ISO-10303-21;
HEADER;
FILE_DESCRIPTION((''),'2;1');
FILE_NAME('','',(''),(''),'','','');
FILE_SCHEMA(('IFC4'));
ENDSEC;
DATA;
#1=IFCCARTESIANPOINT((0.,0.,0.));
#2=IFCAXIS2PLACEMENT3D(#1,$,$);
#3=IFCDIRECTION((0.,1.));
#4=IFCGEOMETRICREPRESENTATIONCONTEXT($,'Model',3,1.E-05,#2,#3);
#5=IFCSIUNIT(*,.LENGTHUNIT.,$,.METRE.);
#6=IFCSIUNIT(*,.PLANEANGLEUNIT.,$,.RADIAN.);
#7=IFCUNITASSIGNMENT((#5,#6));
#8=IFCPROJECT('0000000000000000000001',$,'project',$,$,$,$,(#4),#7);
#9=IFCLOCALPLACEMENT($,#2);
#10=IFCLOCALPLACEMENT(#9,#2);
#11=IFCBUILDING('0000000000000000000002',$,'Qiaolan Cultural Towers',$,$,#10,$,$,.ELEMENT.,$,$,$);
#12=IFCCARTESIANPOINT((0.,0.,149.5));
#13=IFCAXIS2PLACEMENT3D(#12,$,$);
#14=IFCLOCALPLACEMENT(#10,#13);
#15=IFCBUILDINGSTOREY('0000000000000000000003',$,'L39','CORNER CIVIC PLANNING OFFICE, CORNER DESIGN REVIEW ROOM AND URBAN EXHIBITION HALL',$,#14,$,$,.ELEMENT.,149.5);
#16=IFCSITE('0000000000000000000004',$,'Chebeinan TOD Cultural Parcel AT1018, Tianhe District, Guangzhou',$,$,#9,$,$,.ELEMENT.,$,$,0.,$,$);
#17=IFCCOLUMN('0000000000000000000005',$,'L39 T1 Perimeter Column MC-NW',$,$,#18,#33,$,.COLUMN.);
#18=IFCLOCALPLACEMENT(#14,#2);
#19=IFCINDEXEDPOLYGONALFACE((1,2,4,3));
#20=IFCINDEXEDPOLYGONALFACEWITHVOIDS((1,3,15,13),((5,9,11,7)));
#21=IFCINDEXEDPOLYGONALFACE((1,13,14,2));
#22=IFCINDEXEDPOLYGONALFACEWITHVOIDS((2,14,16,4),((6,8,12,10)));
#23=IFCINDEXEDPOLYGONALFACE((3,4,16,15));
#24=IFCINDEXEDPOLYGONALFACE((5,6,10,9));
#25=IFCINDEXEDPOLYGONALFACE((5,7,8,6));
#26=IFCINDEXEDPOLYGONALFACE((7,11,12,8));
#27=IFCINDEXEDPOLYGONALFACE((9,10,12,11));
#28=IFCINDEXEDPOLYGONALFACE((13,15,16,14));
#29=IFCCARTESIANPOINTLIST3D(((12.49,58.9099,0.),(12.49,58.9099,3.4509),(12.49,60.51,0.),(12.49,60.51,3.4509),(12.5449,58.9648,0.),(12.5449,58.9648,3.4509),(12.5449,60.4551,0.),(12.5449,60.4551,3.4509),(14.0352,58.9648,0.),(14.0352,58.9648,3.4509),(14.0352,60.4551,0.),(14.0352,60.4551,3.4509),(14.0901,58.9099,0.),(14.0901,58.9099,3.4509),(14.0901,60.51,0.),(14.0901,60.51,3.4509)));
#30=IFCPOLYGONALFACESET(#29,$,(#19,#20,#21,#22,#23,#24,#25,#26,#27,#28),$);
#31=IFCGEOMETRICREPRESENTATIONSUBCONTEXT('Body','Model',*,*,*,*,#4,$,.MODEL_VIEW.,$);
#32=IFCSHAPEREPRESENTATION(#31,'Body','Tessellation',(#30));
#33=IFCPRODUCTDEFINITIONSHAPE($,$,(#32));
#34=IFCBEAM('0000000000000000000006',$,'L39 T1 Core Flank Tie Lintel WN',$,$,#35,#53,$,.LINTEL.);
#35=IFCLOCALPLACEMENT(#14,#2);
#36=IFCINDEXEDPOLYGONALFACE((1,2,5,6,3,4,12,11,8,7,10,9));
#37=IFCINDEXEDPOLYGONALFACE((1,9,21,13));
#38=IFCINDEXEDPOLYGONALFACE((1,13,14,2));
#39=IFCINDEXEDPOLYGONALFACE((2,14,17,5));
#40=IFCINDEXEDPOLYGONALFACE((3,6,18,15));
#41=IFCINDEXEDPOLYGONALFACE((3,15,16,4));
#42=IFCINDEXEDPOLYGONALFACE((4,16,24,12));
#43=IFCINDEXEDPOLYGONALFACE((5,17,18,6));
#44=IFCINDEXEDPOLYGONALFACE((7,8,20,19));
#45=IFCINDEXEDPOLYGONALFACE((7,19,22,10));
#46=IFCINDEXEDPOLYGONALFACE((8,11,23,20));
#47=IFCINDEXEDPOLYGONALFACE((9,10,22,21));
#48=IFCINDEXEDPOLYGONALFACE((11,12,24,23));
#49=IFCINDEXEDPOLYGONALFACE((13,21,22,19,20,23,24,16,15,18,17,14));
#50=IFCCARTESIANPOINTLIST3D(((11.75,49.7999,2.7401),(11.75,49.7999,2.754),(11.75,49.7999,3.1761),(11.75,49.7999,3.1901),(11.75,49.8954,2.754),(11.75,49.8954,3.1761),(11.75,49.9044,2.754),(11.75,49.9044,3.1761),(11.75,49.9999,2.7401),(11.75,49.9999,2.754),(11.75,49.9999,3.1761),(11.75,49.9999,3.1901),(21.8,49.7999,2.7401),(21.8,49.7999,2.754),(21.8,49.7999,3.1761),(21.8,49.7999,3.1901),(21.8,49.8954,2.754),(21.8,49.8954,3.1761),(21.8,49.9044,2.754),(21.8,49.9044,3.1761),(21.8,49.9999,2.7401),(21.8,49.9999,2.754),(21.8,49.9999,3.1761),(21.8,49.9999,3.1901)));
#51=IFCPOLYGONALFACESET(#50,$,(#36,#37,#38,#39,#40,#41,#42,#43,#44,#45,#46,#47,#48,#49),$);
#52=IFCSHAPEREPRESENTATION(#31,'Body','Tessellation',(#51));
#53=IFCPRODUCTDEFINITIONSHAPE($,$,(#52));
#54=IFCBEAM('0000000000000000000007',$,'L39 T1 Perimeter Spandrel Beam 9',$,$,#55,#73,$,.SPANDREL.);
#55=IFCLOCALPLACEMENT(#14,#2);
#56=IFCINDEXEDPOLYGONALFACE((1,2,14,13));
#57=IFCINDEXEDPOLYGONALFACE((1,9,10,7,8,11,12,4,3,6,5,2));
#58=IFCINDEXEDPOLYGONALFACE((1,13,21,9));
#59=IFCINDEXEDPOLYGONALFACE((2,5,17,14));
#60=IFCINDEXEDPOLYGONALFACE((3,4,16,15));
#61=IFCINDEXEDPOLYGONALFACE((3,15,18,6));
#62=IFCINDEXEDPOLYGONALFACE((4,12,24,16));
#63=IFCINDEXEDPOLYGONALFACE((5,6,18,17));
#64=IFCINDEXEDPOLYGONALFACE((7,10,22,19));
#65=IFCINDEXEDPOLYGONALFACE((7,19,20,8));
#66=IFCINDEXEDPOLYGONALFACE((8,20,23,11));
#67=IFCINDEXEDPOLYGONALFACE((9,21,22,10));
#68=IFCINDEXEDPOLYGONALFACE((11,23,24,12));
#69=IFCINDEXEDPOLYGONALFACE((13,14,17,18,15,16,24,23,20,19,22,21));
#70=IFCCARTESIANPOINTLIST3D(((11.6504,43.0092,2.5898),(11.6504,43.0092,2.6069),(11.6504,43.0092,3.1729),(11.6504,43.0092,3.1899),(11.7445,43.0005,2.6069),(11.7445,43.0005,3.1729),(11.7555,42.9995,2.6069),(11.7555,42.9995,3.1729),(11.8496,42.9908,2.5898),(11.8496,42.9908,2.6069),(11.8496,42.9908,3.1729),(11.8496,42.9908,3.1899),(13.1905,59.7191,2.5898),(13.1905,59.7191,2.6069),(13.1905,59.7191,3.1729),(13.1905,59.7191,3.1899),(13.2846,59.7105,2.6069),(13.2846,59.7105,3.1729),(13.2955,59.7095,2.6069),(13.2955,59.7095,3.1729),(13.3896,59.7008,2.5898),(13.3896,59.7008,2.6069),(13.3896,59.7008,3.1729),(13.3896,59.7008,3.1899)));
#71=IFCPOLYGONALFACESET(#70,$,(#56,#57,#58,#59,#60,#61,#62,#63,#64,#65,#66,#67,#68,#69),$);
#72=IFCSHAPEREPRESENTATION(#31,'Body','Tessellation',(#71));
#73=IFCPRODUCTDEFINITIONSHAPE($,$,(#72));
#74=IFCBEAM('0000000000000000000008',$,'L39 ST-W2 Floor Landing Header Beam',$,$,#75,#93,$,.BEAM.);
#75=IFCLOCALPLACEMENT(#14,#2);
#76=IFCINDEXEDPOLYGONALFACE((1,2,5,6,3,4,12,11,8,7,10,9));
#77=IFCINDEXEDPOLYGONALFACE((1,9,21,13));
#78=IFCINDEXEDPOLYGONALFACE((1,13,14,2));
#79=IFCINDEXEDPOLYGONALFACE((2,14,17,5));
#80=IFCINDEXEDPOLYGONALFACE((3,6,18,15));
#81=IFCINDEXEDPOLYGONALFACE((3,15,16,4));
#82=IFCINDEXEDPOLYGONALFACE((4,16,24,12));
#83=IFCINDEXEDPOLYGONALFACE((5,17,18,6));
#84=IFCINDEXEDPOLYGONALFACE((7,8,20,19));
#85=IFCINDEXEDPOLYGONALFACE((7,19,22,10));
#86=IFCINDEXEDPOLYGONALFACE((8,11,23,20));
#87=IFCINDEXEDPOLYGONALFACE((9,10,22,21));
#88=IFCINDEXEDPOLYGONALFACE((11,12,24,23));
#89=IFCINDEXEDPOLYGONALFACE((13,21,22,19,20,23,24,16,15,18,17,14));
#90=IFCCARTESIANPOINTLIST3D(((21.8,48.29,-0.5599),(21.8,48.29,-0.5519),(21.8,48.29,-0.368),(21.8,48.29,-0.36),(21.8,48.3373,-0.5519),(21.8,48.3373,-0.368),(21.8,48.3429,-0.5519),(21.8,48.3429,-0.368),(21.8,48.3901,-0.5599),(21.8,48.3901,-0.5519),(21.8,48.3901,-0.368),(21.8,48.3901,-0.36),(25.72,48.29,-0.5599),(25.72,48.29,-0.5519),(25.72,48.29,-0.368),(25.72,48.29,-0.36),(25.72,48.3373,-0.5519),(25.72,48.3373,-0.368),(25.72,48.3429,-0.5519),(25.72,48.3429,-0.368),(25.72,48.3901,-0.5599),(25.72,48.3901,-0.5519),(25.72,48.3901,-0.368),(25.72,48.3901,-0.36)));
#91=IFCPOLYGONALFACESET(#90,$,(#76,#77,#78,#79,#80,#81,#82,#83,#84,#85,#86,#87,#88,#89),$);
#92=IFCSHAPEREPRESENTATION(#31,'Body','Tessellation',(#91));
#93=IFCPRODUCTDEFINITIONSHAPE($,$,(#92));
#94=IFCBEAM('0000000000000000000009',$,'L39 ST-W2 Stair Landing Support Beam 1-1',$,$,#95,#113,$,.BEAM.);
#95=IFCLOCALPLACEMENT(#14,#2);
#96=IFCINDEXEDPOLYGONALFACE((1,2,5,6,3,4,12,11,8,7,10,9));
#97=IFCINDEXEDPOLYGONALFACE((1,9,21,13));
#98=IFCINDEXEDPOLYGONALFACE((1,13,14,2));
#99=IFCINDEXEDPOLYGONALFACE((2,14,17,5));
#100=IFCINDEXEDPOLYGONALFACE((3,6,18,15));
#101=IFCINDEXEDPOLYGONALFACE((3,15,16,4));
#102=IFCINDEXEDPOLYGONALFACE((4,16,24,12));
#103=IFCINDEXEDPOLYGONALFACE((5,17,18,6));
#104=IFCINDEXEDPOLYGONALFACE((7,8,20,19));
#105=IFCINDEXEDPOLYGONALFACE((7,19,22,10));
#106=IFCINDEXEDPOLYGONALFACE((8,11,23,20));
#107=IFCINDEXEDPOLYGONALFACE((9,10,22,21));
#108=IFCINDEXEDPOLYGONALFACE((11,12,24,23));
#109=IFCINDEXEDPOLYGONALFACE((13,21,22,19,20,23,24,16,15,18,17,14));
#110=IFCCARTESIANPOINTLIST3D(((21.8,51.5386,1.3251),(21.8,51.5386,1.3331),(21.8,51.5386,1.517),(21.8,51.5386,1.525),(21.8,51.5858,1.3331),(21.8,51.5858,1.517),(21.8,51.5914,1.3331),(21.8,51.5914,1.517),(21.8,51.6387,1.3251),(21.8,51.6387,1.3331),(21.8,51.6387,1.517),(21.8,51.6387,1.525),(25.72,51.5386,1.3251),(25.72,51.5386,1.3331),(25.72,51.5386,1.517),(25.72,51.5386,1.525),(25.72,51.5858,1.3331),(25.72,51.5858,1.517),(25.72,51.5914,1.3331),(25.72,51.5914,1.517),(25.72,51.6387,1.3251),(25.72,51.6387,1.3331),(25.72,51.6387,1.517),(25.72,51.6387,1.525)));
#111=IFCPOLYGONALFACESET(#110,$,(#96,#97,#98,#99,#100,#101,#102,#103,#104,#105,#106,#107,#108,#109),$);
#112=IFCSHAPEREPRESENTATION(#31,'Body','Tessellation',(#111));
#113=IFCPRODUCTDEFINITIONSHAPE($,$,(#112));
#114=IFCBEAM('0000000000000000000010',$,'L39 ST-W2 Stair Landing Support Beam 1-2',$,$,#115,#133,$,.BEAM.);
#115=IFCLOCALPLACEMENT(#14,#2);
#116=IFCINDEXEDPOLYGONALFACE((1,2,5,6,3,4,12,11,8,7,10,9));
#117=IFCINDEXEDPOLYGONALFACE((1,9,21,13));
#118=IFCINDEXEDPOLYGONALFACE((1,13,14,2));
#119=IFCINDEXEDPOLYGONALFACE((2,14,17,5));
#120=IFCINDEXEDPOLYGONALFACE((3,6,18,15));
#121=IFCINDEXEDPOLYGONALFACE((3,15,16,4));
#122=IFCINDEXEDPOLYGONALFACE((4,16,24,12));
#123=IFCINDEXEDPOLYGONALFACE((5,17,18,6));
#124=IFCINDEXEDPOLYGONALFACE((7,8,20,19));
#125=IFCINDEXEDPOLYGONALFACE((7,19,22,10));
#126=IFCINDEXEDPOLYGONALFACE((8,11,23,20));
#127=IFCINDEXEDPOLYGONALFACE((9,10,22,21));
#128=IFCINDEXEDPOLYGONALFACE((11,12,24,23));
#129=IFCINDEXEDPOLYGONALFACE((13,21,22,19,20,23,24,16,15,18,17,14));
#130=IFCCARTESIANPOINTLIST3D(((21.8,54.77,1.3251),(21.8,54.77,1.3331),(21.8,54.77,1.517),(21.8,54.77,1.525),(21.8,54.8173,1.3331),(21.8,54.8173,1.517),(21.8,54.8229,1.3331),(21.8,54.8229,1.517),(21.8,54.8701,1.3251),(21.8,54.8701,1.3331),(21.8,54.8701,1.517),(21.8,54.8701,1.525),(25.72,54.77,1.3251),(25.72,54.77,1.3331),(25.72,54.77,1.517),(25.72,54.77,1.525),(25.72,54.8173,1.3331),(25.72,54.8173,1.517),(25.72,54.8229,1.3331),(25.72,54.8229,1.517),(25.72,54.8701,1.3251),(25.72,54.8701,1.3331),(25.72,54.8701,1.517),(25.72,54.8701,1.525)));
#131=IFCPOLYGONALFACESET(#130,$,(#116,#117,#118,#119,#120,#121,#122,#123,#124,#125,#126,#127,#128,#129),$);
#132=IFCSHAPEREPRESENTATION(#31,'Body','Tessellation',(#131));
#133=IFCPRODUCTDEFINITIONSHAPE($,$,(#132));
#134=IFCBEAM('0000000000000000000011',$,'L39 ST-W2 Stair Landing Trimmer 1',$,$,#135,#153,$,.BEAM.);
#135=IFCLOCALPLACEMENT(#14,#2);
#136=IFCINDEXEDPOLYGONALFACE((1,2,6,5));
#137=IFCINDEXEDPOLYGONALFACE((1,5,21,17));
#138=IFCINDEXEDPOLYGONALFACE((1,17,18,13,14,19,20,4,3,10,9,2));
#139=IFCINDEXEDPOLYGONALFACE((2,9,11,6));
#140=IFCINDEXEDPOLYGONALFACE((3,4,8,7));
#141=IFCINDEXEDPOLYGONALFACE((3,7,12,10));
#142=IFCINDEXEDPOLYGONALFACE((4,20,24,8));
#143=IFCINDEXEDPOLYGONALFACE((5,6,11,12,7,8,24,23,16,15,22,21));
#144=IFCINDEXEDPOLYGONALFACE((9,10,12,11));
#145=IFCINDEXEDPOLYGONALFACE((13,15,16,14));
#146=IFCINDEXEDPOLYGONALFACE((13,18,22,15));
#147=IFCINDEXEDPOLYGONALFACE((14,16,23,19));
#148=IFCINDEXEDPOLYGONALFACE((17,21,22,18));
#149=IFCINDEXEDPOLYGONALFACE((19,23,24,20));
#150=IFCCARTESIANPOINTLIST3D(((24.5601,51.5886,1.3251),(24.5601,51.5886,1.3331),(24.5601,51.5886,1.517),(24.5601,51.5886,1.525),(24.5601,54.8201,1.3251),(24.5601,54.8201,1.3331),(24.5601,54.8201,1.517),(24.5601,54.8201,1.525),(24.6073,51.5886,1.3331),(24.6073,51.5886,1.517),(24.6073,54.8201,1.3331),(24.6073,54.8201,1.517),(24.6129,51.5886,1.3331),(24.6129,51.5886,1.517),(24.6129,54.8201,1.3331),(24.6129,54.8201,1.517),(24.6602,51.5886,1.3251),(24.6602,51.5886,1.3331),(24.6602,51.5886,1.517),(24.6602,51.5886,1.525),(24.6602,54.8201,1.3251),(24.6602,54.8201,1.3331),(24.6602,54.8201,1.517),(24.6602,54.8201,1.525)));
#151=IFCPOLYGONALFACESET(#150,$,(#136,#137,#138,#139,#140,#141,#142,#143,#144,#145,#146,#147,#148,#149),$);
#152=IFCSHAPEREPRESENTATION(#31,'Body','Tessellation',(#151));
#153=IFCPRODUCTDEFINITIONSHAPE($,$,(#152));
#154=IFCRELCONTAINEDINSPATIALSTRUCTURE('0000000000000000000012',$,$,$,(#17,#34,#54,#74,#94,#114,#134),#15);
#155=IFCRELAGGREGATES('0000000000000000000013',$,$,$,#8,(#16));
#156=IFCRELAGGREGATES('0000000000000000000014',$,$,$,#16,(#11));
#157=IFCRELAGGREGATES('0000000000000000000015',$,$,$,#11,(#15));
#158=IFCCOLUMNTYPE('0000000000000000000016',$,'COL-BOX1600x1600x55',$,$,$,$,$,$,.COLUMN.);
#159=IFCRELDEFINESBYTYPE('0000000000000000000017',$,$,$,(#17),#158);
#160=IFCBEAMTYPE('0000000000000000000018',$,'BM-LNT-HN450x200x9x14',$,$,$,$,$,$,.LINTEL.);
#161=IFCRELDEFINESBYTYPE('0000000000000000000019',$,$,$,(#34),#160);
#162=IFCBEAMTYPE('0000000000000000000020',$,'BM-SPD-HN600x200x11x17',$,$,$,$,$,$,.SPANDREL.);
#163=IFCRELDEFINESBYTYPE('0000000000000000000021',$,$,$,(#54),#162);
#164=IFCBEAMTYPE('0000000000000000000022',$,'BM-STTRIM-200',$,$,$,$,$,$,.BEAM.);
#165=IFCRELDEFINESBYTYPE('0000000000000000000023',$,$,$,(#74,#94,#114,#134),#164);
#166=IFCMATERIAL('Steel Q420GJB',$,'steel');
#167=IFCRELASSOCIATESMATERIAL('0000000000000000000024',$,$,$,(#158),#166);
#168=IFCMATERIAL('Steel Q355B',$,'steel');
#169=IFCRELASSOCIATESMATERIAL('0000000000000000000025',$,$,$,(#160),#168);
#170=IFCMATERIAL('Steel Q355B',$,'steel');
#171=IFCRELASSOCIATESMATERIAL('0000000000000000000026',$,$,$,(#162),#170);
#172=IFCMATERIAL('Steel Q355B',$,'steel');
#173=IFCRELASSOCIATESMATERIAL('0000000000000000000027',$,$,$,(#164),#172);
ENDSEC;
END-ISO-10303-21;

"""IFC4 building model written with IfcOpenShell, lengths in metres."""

from ifc_helpers import new_model, si_unit, direction, frame, origin, origin_2d, place, context, subcontext, project, spatial, hollow_rectangle, i_section, extrude, material, material_profile, profile_set, type_object, element, save


model = new_model("IFC4")

# Units and contexts
model_context = context("Model", 3, precision=1e-05, world=origin(), true_north=direction((0.0, 1.0)))
body_context = subcontext(model_context, "Body", "Model", "MODEL_VIEW")
ifc_project = project(units=[si_unit("LENGTHUNIT", "METRE"), si_unit("PLANEANGLEUNIT", "RADIAN")], contexts=[model_context])

# Site, building, storey
site_placement = place(None, origin())
site = spatial("IfcSite", under=ifc_project, at=site_placement, Name="Chebeinan TOD Cultural Parcel AT1018, Tianhe District, Guangzhou", CompositionType="ELEMENT", RefElevation=0.0)
building_placement = place(site_placement, origin())
building = spatial("IfcBuilding", under=site, at=building_placement, Name="Qiaolan Cultural Towers", CompositionType="ELEMENT")
storey_placement = place(building_placement, frame((0.0, 0.0, 149.5)))
storey = spatial("IfcBuildingStorey", under=building, at=storey_placement, Name="L39", Description="CORNER CIVIC PLANNING OFFICE, CORNER DESIGN REVIEW ROOM AND URBAN EXHIBITION HALL", CompositionType="ELEMENT", Elevation=149.5)

# Column
ifc_material_1 = material(Name="Steel Q420GJB", Category="steel")
ifc_material_profile_1 = material_profile(ifc_material_1, hollow_rectangle(XDim=1.6001, YDim=1.6001, WallThickness=0.0549, at=origin_2d()), Name="BOX1600x1600x55")
ifc_profile_set_1 = profile_set([ifc_material_profile_1], Name="Steel Q420GJB")
column_type = type_object("IfcColumnType", Name="COL-BOX1600x1600x55", PredefinedType="COLUMN", material=ifc_profile_set_1)
column_placement = place(storey_placement, frame((13.29, 59.71, 0.0), z_axis=(0.0, 0.0, 1.0), x_axis=(1.0, 0.0, 0.0)))
element("IfcColumn", 1, at=column_placement, inside=storey, type_object=column_type, Name="L39 T1 Perimeter Column MC-NW", PredefinedType="COLUMN", context=body_context, shape_type="SweptSolid", body=[
    extrude(hollow_rectangle(XDim=1.6001, YDim=1.6001, WallThickness=0.0549, at=origin_2d()), origin(), (0.0, 0.0, 1.0), 3.4509),
])

# Beams
ifc_material_2 = material(Name="Steel Q355B", Category="steel")
ifc_material_profile_2 = material_profile(ifc_material_2, i_section(OverallWidth=0.2, OverallDepth=0.45, WebThickness=0.009, FlangeThickness=0.0139, at=origin_2d()), Name="HN450x200x9x14")
ifc_profile_set_2 = profile_set([ifc_material_profile_2], Name="Steel Q355B")
beam_type_1 = type_object("IfcBeamType", Name="BM-LNT-HN450x200x9x14", PredefinedType="LINTEL", material=ifc_profile_set_2)
beam_1_placement = place(storey_placement, frame((21.8, 49.8999, 2.9651), z_axis=(-1.0, 0.0, 0.0), x_axis=(0.0, -1.0, 0.0)))
element("IfcBeam", 2, at=beam_1_placement, inside=storey, type_object=beam_type_1, Name="L39 T1 Core Flank Tie Lintel WN", PredefinedType="LINTEL", context=body_context, shape_type="SweptSolid", body=[
    extrude(i_section(OverallWidth=0.2, OverallDepth=0.45, WebThickness=0.009, FlangeThickness=0.0139, at=origin_2d()), origin(), (0.0, 0.0, 1.0), 10.05),
])
ifc_material_3 = material(Name="Steel Q355B", Category="steel")
ifc_material_profile_3 = material_profile(ifc_material_3, i_section(OverallWidth=0.2, OverallDepth=0.6001, WebThickness=0.011, FlangeThickness=0.0171, at=origin_2d()), Name="HN600x200x11x17")
ifc_profile_set_3 = profile_set([ifc_material_profile_3], Name="Steel Q355B")
beam_type_2 = type_object("IfcBeamType", Name="BM-SPD-HN600x200x11x17", PredefinedType="SPANDREL", material=ifc_profile_set_3)
beam_2_placement = place(storey_placement, frame((13.29, 59.71, 2.8899), z_axis=(-0.091774, -0.99578, 0.0), x_axis=(0.99578, -0.091774, 0.0)))
element("IfcBeam", 3, at=beam_2_placement, inside=storey, type_object=beam_type_2, Name="L39 T1 Perimeter Spandrel Beam 9", PredefinedType="SPANDREL", context=body_context, shape_type="SweptSolid", body=[
    extrude(i_section(OverallWidth=0.2, OverallDepth=0.6001, WebThickness=0.011, FlangeThickness=0.0171, at=origin_2d()), origin(), (0.0, 0.0, 1.0), 16.7808),
])
ifc_material_4 = material(Name="Steel Q355B", Category="steel")
ifc_material_profile_4 = material_profile(ifc_material_4, i_section(OverallWidth=0.1001, OverallDepth=0.2, WebThickness=0.0056, FlangeThickness=0.0081, at=origin_2d()), Name="HN200x100x5.5x8")
ifc_profile_set_4 = profile_set([ifc_material_profile_4], Name="Steel Q355B")
beam_type_3 = type_object("IfcBeamType", Name="BM-STTRIM-200", PredefinedType="BEAM", material=ifc_profile_set_4)
for number, where, z_axis, x_axis, name in (
    (4, (21.8, 48.3401, -0.46), (1.0, 0.0, 0.0), (0.0, 1.0, 0.0), "L39 ST-W2 Floor Landing Header Beam"),
    (5, (21.8, 51.5886, 1.425), (1.0, 0.0, 0.0), (0.0, 1.0, 0.0), "L39 ST-W2 Stair Landing Support Beam 1-1"),
    (6, (21.8, 54.8201, 1.425), (1.0, 0.0, 0.0), (0.0, 1.0, 0.0), "L39 ST-W2 Stair Landing Support Beam 1-2"),
):
    element("IfcBeam", number, at=place(storey_placement, frame(where, z_axis=z_axis, x_axis=x_axis)), inside=storey, type_object=beam_type_3, Name=name, PredefinedType="BEAM", context=body_context, shape_type="SweptSolid", body=[
        extrude(i_section(OverallWidth=0.1001, OverallDepth=0.2, WebThickness=0.0056, FlangeThickness=0.0081, at=origin_2d()), origin(), (0.0, 0.0, 1.0), 3.9199),
    ])
beam_3_placement = place(storey_placement, frame((24.6101, 51.5886, 1.425), z_axis=(0.0, 1.0, 0.0), x_axis=(-1.0, 0.0, 0.0)))
element("IfcBeam", 7, at=beam_3_placement, inside=storey, type_object=beam_type_3, Name="L39 ST-W2 Stair Landing Trimmer 1", PredefinedType="BEAM", context=body_context, shape_type="SweptSolid", body=[
    extrude(i_section(OverallWidth=0.1001, OverallDepth=0.2, WebThickness=0.0056, FlangeThickness=0.0081, at=origin_2d()), origin(), (0.0, 0.0, 1.0), 3.2314),
])

save(model, "model.ifc")
